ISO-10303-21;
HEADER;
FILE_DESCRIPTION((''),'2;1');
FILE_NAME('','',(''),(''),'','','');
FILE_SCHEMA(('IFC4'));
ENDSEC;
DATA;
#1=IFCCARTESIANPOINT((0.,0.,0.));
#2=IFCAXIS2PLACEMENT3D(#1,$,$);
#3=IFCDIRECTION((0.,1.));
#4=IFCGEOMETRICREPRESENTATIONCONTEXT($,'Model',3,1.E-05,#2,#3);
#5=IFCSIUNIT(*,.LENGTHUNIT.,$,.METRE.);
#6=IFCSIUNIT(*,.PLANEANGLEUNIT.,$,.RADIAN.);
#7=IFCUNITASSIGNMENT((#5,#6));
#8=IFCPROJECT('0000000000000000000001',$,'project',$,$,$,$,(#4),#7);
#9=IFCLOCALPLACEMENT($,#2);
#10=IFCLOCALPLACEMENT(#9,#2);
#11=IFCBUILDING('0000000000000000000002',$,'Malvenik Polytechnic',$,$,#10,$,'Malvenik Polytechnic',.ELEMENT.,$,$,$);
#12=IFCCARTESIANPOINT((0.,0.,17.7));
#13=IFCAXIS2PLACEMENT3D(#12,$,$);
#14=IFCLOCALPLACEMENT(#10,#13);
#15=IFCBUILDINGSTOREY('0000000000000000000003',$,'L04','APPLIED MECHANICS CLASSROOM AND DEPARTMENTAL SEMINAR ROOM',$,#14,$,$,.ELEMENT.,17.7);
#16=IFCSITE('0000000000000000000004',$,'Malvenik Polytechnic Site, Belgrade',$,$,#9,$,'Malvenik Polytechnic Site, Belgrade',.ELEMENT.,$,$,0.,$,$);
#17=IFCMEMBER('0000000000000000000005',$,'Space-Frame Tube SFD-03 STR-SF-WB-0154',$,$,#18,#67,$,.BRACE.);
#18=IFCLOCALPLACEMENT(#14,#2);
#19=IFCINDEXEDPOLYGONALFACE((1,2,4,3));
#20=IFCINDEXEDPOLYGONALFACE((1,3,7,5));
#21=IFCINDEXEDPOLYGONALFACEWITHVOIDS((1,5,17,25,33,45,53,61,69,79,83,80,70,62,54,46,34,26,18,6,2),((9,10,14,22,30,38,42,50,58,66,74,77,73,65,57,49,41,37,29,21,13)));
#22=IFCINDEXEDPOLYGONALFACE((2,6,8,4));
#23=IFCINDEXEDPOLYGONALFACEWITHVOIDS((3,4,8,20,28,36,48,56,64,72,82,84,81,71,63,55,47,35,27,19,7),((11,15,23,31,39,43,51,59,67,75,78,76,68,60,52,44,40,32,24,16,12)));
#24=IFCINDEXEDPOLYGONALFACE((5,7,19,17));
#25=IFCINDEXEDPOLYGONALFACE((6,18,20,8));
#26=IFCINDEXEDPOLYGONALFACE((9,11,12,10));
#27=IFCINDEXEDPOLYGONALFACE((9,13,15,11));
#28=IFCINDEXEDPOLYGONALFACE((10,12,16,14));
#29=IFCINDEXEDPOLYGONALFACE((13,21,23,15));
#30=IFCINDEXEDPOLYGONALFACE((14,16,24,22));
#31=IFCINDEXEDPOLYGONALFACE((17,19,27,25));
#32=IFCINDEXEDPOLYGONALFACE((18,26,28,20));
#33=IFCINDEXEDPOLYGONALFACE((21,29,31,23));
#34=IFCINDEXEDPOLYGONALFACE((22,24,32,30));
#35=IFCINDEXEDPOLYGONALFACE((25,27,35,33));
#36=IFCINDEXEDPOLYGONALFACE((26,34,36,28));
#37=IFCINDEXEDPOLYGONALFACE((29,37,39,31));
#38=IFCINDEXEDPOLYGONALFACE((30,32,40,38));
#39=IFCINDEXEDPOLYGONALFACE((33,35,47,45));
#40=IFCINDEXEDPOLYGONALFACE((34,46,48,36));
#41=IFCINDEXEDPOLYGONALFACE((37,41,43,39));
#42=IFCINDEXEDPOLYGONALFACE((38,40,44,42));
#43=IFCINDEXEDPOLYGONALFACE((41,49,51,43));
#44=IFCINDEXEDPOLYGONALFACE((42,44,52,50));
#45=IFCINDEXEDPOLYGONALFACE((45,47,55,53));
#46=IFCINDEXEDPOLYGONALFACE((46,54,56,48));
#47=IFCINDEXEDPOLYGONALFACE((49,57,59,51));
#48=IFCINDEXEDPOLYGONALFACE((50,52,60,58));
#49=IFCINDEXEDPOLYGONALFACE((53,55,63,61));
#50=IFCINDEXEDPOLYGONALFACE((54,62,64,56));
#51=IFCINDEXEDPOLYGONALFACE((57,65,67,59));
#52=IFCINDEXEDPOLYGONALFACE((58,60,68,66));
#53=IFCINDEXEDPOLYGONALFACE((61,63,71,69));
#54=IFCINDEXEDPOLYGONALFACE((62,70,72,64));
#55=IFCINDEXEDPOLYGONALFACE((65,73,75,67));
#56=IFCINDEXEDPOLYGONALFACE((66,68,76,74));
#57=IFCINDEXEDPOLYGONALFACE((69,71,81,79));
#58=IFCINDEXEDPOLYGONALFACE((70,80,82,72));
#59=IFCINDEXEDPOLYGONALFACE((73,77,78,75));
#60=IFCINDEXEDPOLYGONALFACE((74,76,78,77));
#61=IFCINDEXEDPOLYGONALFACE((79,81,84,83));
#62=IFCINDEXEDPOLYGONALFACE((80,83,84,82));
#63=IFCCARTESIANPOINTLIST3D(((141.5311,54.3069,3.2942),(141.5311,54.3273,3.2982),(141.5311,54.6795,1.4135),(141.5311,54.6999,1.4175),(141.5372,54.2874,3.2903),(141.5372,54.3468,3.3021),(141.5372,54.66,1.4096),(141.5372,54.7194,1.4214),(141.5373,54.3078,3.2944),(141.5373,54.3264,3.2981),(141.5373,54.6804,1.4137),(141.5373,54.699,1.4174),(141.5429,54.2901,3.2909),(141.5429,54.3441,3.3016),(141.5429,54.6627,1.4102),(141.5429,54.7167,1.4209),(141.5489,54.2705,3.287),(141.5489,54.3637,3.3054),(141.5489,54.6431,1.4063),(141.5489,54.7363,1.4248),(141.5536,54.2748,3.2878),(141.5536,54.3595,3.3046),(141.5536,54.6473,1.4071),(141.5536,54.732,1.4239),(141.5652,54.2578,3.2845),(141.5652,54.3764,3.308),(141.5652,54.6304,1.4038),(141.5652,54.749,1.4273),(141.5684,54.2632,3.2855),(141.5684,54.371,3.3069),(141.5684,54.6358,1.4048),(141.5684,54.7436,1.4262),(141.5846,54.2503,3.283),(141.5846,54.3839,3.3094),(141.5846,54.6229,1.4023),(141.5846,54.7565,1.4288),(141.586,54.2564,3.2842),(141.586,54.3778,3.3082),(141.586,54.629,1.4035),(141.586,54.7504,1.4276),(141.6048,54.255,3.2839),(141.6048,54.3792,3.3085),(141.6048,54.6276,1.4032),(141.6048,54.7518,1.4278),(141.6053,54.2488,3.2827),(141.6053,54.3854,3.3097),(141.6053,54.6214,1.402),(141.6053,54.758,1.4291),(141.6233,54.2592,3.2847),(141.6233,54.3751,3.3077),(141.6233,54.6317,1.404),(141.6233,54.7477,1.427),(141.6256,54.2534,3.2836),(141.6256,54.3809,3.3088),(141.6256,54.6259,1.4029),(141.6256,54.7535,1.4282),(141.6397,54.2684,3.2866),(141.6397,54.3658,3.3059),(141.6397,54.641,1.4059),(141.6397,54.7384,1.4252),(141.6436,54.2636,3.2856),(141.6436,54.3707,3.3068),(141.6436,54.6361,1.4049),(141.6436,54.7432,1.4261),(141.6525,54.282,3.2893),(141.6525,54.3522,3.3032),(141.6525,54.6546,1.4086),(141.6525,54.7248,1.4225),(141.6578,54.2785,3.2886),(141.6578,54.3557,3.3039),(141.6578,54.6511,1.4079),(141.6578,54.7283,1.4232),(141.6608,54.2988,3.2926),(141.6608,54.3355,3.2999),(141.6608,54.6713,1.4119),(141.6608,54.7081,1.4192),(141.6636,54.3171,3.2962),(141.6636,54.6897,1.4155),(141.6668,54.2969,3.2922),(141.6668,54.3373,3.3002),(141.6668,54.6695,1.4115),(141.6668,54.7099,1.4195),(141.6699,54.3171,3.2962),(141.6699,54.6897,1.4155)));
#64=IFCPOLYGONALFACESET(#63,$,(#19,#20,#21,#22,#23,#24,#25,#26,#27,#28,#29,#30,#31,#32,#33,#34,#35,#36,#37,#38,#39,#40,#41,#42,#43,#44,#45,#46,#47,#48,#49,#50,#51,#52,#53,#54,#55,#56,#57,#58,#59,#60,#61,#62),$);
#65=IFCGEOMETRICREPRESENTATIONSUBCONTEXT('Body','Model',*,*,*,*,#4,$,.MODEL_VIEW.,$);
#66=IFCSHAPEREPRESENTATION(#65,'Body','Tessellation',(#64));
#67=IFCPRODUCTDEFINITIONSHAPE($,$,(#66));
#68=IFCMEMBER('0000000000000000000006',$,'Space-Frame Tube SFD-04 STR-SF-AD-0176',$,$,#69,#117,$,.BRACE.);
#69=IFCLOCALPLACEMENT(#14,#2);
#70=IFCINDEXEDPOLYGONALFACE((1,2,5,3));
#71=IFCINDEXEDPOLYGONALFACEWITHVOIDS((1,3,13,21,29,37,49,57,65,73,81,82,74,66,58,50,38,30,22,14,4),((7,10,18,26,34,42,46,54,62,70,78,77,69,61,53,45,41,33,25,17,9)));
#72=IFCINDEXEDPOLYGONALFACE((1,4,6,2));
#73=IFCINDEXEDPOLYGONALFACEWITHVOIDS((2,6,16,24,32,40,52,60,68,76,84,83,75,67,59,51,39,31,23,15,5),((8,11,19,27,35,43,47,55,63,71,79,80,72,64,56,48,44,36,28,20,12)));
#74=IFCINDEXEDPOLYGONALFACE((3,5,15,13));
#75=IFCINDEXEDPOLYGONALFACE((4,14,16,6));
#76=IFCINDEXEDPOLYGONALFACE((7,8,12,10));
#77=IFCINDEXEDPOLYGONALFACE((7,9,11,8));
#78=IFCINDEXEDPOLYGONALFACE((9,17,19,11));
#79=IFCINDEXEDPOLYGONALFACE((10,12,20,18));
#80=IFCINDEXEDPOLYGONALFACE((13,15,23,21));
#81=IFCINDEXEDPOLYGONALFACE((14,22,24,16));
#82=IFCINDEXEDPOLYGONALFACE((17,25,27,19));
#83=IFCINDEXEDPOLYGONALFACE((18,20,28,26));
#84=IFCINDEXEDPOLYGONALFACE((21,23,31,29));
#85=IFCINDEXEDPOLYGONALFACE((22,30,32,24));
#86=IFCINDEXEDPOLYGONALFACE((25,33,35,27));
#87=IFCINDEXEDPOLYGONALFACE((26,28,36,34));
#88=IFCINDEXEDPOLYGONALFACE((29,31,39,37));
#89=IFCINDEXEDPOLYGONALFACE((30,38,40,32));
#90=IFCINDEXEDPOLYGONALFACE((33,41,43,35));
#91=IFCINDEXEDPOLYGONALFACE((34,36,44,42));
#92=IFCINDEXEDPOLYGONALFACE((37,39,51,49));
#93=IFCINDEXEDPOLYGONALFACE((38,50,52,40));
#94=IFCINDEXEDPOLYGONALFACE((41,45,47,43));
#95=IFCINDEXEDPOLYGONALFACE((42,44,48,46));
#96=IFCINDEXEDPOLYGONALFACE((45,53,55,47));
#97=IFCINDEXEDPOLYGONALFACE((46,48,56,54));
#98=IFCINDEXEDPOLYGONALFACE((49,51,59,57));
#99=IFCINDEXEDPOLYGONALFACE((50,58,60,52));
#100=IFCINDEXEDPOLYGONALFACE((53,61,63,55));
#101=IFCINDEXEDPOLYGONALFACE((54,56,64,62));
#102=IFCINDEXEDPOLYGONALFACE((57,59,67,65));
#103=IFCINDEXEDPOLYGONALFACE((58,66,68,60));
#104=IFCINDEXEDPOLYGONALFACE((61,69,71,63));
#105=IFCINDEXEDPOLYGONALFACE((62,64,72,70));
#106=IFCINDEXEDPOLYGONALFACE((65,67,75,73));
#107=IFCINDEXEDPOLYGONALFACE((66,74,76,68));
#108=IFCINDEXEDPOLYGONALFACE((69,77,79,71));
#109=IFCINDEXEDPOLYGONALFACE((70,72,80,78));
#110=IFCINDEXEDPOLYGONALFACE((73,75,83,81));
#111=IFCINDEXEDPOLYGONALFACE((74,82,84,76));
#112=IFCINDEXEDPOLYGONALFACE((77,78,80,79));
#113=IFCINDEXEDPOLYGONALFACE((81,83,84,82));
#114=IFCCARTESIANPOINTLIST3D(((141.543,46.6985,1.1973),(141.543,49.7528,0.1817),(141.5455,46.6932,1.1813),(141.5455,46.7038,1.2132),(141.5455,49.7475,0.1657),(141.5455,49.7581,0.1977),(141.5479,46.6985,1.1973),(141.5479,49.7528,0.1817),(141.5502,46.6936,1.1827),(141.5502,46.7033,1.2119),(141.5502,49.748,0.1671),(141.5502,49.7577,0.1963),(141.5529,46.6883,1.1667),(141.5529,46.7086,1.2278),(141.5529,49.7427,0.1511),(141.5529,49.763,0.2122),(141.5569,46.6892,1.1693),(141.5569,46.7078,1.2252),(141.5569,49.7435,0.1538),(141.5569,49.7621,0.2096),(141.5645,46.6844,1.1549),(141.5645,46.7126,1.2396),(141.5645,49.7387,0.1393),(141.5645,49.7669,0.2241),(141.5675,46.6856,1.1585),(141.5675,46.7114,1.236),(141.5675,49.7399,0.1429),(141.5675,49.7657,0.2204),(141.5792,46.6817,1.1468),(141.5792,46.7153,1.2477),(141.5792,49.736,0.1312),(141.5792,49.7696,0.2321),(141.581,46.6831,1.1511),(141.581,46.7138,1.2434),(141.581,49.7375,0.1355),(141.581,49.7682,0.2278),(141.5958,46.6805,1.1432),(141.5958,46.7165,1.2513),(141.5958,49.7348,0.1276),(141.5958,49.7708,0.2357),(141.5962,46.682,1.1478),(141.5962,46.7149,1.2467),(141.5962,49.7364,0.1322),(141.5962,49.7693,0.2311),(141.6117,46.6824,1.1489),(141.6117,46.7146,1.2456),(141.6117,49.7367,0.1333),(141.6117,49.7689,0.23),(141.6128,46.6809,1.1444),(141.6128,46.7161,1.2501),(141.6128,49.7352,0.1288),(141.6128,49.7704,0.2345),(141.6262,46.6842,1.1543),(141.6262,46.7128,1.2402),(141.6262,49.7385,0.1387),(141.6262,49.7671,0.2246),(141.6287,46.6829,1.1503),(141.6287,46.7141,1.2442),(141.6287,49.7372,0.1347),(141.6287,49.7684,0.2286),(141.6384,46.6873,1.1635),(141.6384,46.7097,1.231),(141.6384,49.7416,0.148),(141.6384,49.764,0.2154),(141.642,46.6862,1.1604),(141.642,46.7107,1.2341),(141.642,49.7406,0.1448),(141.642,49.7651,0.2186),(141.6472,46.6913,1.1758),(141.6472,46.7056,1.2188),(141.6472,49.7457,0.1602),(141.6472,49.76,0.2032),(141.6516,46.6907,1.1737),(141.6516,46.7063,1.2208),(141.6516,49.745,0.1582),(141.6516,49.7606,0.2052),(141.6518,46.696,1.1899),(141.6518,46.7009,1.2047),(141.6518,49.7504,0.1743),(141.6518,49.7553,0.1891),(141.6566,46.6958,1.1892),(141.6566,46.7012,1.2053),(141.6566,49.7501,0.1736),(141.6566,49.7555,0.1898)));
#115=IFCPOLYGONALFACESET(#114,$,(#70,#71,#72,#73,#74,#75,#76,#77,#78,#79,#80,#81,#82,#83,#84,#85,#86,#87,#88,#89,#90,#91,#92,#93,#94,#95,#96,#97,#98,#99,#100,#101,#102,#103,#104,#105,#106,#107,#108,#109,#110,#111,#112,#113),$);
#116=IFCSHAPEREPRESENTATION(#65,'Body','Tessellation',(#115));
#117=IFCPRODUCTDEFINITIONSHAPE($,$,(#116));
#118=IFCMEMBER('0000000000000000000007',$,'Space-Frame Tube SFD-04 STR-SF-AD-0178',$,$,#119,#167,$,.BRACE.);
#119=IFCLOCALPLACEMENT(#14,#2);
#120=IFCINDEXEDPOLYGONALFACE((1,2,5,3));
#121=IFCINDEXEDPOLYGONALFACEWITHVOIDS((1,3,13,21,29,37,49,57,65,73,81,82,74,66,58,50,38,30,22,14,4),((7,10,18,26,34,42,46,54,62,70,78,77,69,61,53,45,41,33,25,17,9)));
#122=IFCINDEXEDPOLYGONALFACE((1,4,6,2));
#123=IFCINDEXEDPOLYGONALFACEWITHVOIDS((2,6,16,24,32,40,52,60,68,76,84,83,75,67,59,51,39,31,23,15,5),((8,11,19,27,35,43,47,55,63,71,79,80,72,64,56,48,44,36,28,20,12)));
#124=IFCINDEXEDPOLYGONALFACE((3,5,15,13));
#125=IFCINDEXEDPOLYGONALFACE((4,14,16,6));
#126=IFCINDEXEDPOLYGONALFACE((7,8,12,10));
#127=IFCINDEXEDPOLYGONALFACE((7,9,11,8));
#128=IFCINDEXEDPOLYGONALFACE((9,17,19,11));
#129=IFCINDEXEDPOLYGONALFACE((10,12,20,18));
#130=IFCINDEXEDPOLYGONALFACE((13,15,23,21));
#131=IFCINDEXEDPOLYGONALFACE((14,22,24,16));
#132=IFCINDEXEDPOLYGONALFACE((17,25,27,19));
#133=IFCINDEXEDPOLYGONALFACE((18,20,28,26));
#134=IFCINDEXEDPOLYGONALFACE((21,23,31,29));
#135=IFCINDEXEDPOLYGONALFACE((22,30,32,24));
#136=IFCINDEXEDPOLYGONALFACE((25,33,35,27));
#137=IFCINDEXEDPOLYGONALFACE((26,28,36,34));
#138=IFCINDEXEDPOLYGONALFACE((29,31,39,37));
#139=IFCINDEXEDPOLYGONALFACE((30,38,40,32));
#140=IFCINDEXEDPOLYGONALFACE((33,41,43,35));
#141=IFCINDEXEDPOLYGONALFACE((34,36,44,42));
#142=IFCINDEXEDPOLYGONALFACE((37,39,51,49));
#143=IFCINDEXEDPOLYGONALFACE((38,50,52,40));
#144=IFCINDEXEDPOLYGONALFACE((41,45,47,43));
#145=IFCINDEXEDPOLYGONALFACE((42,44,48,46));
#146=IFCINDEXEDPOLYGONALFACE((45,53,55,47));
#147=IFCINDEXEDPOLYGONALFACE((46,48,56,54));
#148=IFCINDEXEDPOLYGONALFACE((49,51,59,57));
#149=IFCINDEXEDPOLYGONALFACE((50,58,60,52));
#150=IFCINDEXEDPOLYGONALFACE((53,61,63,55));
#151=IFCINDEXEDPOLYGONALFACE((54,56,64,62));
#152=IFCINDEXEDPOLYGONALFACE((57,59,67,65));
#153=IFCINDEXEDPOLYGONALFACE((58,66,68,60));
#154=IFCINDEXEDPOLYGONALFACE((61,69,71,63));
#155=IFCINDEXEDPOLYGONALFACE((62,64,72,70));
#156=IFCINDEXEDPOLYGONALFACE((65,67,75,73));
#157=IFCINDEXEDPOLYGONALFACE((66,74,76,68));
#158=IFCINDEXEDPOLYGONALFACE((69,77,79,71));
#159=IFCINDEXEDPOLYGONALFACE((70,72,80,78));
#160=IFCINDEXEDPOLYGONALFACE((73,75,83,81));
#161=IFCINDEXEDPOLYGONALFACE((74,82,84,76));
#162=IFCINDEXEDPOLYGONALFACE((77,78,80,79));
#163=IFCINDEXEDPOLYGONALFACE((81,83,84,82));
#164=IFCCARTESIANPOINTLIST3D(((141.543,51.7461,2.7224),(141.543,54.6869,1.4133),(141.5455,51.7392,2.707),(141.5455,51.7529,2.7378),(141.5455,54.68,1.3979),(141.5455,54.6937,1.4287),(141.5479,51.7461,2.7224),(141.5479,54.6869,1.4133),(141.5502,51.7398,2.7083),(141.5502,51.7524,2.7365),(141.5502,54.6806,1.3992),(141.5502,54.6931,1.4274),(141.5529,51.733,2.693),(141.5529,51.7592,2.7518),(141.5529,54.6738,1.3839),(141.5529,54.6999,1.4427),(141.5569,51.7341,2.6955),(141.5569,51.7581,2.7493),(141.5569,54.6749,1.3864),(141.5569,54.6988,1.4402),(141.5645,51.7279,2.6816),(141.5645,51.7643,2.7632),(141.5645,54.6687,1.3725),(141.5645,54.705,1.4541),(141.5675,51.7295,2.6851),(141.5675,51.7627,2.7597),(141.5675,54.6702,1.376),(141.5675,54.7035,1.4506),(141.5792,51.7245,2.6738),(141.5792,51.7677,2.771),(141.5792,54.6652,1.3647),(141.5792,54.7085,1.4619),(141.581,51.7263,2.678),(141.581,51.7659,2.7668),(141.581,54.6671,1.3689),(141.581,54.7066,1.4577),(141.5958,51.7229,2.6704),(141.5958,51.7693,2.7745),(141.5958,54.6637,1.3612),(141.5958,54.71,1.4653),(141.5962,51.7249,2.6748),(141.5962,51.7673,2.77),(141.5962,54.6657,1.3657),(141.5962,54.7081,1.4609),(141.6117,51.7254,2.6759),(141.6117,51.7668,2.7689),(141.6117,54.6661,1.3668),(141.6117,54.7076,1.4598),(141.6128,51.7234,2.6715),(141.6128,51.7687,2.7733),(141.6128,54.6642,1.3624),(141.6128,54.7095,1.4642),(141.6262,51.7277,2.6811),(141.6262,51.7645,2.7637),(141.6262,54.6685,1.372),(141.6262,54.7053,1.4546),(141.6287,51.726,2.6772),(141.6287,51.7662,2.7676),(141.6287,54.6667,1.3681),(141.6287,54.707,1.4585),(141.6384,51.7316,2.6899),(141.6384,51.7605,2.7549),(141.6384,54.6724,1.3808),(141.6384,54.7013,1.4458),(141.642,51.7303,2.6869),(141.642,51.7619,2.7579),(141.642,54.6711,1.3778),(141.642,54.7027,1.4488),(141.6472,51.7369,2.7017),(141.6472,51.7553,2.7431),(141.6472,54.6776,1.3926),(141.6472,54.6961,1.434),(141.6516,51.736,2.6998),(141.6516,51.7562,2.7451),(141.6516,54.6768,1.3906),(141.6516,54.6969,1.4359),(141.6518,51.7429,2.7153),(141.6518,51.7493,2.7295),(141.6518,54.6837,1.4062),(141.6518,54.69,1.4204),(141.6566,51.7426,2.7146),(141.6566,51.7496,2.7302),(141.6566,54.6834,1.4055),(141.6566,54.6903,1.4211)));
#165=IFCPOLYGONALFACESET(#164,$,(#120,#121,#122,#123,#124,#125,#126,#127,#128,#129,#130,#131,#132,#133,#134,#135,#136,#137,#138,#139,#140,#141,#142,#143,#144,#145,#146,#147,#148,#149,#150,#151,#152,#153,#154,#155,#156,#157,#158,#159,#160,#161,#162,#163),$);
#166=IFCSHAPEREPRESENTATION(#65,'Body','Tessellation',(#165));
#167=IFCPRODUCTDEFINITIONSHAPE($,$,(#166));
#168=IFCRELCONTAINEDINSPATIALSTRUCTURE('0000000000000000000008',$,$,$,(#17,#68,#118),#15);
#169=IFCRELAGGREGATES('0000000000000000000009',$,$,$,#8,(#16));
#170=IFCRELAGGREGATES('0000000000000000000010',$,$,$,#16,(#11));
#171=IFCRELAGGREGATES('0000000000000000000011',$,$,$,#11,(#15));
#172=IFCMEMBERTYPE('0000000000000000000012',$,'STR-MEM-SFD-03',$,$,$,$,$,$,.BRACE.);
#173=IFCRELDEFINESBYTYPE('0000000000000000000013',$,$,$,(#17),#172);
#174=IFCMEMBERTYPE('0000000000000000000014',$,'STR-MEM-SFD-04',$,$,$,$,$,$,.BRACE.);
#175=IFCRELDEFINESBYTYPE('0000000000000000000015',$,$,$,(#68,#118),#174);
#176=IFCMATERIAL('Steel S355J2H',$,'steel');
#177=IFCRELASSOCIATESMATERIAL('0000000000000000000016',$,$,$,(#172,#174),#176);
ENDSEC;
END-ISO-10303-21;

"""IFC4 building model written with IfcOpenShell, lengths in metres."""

from ifc_helpers import new_model, si_unit, direction, frame, origin, origin_2d, place, context, subcontext, project, spatial, hollow_circle, extrude, material, material_profile, profile_set, type_object, element, save


model = new_model("IFC4")

# Units and contexts
model_context = context("Model", 3, precision=1e-05, world=origin(), true_north=direction((0.0, 1.0)))
body_context = subcontext(model_context, "Body", "Model", "MODEL_VIEW")
ifc_project = project(units=[si_unit("LENGTHUNIT", "METRE"), si_unit("PLANEANGLEUNIT", "RADIAN")], contexts=[model_context])

# Site, building, storey
site_placement = place(None, origin())
site = spatial("IfcSite", under=ifc_project, at=site_placement, Name="Malvenik Polytechnic Site, Belgrade", LongName="Malvenik Polytechnic Site, Belgrade", CompositionType="ELEMENT", RefElevation=0.0)
building_placement = place(site_placement, origin())
building = spatial("IfcBuilding", under=site, at=building_placement, Name="Malvenik Polytechnic", LongName="Malvenik Polytechnic", CompositionType="ELEMENT")
storey_placement = place(building_placement, frame((0.0, 0.0, 17.7)))
storey = spatial("IfcBuildingStorey", under=building, at=storey_placement, Name="L04", Description="APPLIED MECHANICS CLASSROOM AND DEPARTMENTAL SEMINAR ROOM", CompositionType="ELEMENT", Elevation=17.7)

# Members
ifc_material = material(Name="Steel S355J2H", Category="steel")
ifc_material_profile_1 = material_profile(ifc_material, hollow_circle(Radius=0.0698, WallThickness=0.0063, at=origin_2d()), Name="CHS 139.7x6.3")
ifc_profile_set_1 = profile_set([ifc_material_profile_1], Name="Steel S355J2H")
member_type_1 = type_object("IfcMemberType", Name="STR-MEM-SFD-03", PredefinedType="BRACE", material=ifc_profile_set_1)
member_1_placement = place(storey_placement, frame((141.6001, 54.6897, 1.4155), z_axis=(0.0, -0.194328, 0.980937), x_axis=(1.0, 0.0, 0.0)))
element("IfcMember", 1, at=member_1_placement, inside=storey, type_object=member_type_1, Name="Space-Frame Tube SFD-03 STR-SF-WB-0154", PredefinedType="BRACE", context=body_context, shape_type="SweptSolid", body=[
    extrude(hollow_circle(Radius=0.0698, WallThickness=0.0063, at=origin_2d()), origin(), (0.0, 0.0, 1.0), 1.9172),
])
ifc_material_profile_2 = material_profile(ifc_material, hollow_circle(Radius=0.0571, WallThickness=0.0049, at=origin_2d()), Name="CHS 114.3x5.0")
ifc_profile_set_2 = profile_set([ifc_material_profile_2], Name="Steel S355J2H")
member_type_2 = type_object("IfcMemberType", Name="STR-MEM-SFD-04", PredefinedType="BRACE", material=ifc_profile_set_2)
member_2_placement = place(storey_placement, frame((141.6001, 46.6985, 1.1973), z_axis=(0.0, 0.948918, -0.315522), x_axis=(-1.0, 0.0, 0.0)))
element("IfcMember", 2, at=member_2_placement, inside=storey, type_object=member_type_2, Name="Space-Frame Tube SFD-04 STR-SF-AD-0176", PredefinedType="BRACE", context=body_context, shape_type="SweptSolid", body=[
    extrude(hollow_circle(Radius=0.0571, WallThickness=0.0049, at=origin_2d()), origin(), (0.0, 0.0, 1.0), 3.2188),
])
member_3_placement = place(storey_placement, frame((141.6001, 51.7461, 2.7224), z_axis=(0.0, 0.913567, -0.406687), x_axis=(-1.0, 0.0, 0.0)))
element("IfcMember", 3, at=member_3_placement, inside=storey, type_object=member_type_2, Name="Space-Frame Tube SFD-04 STR-SF-AD-0178", PredefinedType="BRACE", context=body_context, shape_type="SweptSolid", body=[
    extrude(hollow_circle(Radius=0.0571, WallThickness=0.0049, at=origin_2d()), origin(), (0.0, 0.0, 1.0), 3.219),
])

save(model, "model.ifc")
